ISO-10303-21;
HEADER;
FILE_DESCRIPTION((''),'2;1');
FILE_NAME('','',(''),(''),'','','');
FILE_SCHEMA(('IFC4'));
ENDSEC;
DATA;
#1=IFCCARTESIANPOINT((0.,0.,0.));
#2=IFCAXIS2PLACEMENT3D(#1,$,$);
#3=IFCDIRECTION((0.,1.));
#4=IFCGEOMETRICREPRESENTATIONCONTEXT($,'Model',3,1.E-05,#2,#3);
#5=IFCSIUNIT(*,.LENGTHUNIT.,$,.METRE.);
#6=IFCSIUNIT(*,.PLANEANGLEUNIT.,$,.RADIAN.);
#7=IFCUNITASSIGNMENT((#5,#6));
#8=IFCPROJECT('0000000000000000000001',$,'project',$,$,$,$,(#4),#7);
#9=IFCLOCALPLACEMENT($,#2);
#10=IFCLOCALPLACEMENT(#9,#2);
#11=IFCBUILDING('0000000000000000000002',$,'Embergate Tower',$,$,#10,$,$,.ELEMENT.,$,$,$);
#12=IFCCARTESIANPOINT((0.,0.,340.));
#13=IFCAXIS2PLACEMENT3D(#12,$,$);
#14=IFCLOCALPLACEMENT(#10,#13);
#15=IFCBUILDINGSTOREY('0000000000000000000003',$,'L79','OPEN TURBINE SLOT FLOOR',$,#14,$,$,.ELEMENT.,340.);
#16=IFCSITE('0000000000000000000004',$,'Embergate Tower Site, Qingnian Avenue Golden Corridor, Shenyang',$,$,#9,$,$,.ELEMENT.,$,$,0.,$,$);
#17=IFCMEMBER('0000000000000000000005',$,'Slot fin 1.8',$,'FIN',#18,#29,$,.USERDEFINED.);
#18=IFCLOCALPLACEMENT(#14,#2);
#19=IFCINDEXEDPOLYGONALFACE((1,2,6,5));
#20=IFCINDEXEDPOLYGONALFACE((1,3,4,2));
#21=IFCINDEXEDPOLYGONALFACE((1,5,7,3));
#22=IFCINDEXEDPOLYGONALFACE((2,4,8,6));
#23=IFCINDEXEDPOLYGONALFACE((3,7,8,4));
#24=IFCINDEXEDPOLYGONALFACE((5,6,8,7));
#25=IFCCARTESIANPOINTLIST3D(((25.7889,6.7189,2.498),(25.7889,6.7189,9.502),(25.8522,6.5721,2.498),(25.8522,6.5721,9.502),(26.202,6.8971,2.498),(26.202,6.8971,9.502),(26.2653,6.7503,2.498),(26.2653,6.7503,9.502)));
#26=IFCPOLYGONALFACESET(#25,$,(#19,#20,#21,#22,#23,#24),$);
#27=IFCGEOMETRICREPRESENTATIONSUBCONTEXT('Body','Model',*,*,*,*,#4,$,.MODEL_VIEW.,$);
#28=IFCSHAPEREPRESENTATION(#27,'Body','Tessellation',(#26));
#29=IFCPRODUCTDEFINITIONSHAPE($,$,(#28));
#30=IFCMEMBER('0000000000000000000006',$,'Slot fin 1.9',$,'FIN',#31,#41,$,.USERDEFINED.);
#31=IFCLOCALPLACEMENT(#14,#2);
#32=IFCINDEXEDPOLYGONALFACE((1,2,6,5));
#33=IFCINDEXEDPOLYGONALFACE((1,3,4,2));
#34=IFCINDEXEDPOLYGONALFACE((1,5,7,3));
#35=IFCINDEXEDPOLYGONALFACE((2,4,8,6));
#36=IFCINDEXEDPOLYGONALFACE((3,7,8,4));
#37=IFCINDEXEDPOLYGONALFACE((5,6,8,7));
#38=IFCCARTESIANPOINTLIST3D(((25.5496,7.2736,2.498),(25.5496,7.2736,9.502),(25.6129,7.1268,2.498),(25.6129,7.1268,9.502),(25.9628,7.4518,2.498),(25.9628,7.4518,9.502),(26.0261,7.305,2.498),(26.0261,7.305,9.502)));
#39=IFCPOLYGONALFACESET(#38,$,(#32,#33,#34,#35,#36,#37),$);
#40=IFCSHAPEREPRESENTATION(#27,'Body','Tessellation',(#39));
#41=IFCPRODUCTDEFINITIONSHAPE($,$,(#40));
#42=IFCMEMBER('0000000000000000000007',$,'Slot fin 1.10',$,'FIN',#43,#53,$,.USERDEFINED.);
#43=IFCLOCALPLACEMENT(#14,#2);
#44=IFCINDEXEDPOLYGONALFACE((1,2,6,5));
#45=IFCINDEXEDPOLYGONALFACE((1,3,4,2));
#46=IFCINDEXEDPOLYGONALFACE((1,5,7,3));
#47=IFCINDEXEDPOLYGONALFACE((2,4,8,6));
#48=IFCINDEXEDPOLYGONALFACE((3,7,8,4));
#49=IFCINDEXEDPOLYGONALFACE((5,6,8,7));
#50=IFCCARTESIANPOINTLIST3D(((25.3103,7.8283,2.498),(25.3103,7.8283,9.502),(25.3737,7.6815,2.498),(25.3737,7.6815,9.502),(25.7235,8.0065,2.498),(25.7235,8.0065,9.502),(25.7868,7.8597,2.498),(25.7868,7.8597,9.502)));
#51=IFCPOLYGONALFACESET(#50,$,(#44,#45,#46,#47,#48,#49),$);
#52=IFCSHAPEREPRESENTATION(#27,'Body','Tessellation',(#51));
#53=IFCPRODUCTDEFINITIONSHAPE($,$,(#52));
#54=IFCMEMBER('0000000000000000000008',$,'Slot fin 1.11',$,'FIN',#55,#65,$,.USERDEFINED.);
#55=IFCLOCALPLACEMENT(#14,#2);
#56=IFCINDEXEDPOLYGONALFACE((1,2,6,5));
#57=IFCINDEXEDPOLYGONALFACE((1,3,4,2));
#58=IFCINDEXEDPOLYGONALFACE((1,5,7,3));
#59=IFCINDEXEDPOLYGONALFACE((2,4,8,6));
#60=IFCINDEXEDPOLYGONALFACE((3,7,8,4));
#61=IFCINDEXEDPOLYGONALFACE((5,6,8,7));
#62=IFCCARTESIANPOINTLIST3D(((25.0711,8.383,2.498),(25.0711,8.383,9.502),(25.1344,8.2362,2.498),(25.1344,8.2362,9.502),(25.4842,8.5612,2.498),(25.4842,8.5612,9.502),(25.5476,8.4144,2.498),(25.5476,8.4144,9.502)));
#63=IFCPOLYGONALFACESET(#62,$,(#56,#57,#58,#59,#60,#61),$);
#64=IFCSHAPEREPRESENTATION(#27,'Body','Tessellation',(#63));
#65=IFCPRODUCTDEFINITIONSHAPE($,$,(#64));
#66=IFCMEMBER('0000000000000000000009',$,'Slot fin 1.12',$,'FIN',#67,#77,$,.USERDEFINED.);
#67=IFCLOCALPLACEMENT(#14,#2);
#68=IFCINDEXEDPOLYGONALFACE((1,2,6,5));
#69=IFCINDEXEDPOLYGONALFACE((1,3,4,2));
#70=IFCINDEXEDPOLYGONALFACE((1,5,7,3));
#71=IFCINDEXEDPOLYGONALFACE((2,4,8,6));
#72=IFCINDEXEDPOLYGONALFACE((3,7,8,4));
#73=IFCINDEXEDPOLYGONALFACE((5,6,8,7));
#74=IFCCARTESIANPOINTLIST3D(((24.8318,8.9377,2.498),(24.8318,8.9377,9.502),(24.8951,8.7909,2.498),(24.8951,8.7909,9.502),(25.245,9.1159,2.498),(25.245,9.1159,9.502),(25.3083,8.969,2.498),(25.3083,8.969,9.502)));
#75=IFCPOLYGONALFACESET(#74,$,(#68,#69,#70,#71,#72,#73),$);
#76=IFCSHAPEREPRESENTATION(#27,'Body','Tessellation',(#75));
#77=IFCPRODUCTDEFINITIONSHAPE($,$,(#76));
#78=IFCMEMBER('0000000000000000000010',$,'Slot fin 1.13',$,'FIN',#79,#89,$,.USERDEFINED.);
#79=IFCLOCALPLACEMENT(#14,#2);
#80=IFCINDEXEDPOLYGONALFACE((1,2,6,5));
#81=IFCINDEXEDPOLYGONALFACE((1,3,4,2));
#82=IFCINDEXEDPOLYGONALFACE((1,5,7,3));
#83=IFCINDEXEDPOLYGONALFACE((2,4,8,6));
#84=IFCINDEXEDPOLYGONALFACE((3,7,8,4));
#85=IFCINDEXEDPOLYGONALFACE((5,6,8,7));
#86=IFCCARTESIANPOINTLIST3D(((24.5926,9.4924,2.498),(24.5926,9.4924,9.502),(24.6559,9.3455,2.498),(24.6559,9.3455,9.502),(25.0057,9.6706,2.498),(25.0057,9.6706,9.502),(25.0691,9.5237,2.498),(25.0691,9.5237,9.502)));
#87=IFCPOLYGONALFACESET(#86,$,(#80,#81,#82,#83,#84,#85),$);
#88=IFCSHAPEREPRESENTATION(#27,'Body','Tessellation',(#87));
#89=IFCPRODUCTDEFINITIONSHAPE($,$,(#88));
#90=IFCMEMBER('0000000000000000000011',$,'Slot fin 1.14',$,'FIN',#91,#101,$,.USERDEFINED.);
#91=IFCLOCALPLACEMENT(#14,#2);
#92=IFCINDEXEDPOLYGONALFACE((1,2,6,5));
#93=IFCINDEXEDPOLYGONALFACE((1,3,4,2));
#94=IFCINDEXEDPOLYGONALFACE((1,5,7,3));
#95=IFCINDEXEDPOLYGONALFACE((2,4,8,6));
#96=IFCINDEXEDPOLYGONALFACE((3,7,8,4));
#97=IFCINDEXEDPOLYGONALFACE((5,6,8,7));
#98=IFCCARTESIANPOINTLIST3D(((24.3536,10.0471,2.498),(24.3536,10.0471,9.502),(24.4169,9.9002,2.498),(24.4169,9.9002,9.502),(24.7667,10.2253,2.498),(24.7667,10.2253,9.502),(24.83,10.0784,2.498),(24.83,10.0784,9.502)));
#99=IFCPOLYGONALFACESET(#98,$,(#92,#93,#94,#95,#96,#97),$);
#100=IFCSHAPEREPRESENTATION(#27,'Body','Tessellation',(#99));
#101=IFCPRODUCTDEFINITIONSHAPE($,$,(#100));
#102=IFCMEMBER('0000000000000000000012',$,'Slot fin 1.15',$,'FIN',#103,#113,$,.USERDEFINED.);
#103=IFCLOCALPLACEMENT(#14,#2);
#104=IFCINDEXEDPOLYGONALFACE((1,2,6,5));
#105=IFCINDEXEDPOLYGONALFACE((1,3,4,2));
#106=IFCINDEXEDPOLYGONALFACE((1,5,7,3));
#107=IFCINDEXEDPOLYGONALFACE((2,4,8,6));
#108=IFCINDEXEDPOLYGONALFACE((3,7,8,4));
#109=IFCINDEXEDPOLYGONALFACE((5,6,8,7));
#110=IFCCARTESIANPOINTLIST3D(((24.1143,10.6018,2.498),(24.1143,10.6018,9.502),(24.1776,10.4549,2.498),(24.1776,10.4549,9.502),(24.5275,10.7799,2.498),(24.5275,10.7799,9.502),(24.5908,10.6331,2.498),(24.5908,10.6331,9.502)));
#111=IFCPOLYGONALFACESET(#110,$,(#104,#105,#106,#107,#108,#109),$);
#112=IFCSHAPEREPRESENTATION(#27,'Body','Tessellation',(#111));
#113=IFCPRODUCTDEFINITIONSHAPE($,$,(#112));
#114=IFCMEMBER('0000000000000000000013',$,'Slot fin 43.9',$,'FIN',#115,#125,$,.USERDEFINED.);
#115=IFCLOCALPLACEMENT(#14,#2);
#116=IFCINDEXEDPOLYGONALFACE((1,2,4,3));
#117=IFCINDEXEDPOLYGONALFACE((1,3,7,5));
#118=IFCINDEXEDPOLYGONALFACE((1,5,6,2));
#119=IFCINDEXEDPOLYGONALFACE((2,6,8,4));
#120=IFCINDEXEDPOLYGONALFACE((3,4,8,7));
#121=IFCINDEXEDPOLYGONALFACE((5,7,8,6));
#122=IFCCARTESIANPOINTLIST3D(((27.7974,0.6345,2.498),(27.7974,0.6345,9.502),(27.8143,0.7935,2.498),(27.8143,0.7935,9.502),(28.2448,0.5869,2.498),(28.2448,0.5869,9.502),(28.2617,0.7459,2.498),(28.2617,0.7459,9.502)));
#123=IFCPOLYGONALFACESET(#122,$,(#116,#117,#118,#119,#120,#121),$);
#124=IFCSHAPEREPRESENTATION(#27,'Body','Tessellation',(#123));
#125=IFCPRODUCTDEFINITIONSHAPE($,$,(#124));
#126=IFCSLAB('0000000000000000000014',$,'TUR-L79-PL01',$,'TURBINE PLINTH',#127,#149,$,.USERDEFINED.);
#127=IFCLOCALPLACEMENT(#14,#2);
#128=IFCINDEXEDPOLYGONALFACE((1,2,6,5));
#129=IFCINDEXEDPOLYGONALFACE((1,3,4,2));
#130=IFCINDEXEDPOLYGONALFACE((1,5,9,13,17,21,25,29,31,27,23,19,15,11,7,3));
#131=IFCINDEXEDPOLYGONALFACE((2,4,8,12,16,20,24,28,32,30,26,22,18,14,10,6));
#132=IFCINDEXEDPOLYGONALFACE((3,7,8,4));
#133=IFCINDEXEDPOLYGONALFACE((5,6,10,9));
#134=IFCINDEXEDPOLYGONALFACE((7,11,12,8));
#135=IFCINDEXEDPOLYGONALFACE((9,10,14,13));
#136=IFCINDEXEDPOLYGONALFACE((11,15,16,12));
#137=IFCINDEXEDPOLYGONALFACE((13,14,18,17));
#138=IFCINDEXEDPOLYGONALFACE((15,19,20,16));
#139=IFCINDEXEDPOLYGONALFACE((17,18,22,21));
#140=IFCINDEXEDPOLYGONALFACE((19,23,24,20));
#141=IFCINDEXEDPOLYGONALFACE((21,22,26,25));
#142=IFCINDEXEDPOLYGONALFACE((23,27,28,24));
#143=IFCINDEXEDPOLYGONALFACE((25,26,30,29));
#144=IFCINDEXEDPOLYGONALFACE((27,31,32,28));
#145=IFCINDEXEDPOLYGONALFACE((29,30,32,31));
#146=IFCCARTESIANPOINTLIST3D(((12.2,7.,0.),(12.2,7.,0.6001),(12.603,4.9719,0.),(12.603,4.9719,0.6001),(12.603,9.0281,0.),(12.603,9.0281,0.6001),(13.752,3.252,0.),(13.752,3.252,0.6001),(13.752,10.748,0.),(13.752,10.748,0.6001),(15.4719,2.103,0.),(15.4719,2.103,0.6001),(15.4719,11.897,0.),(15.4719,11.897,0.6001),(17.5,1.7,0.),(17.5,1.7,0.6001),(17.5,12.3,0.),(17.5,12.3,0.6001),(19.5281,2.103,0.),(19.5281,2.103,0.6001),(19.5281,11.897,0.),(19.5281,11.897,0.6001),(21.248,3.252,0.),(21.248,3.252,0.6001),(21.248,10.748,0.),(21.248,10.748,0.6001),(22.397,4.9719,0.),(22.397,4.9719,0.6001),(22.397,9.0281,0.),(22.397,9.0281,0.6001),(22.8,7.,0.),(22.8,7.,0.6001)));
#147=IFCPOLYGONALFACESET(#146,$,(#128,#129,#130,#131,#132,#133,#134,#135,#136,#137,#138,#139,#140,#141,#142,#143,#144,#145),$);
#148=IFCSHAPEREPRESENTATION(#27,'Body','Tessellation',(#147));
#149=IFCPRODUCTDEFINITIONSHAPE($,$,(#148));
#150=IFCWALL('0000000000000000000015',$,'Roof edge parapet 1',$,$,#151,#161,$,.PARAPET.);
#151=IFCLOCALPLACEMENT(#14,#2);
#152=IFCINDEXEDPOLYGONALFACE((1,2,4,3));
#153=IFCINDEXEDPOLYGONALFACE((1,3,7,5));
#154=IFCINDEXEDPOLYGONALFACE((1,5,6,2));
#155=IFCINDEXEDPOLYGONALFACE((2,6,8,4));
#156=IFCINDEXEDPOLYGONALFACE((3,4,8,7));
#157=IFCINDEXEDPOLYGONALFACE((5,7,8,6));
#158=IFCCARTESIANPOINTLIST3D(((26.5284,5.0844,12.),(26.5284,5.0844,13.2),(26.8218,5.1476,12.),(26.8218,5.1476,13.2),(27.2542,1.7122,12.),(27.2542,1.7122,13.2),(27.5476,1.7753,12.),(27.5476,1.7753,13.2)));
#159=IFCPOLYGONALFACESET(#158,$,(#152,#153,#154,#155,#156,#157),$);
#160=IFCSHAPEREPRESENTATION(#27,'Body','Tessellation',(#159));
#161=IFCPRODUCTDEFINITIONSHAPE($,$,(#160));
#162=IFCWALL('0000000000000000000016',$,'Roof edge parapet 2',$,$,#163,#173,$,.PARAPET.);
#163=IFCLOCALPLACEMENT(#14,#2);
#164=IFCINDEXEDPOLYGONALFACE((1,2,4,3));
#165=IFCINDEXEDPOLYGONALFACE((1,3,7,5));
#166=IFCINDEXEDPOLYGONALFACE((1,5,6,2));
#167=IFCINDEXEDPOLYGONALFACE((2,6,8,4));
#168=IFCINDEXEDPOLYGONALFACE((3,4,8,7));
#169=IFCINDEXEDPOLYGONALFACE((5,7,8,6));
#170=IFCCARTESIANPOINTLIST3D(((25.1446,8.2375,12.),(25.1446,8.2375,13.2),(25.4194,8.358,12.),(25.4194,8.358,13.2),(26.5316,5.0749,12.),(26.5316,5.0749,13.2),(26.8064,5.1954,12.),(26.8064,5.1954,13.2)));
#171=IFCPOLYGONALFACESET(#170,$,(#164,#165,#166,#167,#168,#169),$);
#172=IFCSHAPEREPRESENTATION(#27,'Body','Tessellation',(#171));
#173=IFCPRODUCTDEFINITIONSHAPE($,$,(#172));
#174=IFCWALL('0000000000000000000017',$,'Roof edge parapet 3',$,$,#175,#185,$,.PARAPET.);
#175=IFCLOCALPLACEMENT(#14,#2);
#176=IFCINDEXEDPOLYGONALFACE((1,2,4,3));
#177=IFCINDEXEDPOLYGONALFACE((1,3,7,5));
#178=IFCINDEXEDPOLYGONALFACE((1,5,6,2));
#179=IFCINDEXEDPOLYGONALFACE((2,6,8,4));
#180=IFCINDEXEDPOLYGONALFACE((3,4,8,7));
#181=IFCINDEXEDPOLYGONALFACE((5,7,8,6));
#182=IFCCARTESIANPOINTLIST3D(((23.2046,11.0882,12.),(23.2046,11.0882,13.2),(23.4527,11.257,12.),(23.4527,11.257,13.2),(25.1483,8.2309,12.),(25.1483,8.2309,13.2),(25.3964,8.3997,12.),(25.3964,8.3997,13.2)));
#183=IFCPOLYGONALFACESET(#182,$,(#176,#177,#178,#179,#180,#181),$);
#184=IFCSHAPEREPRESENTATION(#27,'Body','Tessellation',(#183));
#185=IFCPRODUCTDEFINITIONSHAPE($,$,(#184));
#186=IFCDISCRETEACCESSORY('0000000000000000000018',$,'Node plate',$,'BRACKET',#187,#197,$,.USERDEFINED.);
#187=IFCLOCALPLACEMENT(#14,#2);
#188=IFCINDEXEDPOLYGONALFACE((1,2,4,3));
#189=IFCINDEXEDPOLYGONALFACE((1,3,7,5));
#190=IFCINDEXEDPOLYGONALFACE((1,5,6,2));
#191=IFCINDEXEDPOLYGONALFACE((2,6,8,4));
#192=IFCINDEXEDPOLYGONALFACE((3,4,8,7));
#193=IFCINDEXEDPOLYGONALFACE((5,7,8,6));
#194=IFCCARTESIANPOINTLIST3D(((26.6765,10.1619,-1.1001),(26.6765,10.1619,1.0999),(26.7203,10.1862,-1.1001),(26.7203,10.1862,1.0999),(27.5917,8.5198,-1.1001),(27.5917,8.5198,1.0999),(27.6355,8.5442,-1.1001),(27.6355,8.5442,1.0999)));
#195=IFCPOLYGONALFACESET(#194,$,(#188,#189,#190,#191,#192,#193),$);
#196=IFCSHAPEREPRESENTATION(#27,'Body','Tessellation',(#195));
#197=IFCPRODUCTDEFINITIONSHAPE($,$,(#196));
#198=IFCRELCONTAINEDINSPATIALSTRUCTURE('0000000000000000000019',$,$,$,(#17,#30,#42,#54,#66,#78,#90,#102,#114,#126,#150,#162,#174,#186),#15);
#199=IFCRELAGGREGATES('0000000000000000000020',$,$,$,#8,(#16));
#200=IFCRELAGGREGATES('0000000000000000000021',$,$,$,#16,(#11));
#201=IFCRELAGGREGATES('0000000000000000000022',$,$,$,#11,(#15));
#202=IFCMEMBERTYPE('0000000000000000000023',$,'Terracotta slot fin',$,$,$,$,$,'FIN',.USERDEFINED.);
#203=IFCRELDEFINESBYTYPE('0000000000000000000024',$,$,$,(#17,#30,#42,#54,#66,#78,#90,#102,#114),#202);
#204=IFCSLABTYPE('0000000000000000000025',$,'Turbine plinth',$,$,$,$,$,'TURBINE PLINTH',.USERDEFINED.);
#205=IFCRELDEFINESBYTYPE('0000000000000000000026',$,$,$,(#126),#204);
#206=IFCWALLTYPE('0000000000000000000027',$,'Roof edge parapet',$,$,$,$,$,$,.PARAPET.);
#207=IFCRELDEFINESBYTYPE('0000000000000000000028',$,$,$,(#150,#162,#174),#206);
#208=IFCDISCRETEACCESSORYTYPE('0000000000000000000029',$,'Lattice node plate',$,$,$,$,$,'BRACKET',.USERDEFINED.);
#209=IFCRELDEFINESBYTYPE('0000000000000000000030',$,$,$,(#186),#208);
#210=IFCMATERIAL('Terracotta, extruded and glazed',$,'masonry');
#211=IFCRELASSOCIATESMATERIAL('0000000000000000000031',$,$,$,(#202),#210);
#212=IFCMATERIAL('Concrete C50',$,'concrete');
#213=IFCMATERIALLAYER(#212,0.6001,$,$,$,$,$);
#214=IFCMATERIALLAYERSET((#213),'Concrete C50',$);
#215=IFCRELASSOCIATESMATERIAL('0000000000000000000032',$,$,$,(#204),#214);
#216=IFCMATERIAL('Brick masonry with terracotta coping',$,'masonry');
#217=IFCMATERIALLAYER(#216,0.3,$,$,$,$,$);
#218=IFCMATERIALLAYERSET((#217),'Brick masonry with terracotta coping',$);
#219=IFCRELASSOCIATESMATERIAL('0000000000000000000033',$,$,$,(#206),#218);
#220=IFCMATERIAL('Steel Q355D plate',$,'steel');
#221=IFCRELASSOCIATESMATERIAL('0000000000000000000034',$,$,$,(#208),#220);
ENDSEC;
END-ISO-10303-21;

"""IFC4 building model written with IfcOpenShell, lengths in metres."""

from ifc_helpers import new_model, si_unit, direction, frame, frame_2d, origin, origin_2d, place, context, subcontext, project, spatial, polyline, rectangle, outline, extrude, source, transform, mapped, material, layer, layer_set, material_profile, profile_set, type_object, element, save


model = new_model("IFC4")

# Units and contexts
model_context = context("Model", 3, precision=1e-05, world=origin(), true_north=direction((0.0, 1.0)))
body_context = subcontext(model_context, "Body", "Model", "MODEL_VIEW")
ifc_project = project(units=[si_unit("LENGTHUNIT", "METRE"), si_unit("PLANEANGLEUNIT", "RADIAN")], contexts=[model_context])

# Site, building, storey
site_placement = place(None, origin())
site = spatial("IfcSite", under=ifc_project, at=site_placement, Name="Embergate Tower Site, Qingnian Avenue Golden Corridor, Shenyang", CompositionType="ELEMENT", RefElevation=0.0)
building_placement = place(site_placement, origin())
building = spatial("IfcBuilding", under=site, at=building_placement, Name="Embergate Tower", CompositionType="ELEMENT")
storey_placement = place(building_placement, frame((0.0, 0.0, 340.0)))
storey = spatial("IfcBuildingStorey", under=building, at=storey_placement, Name="L79", Description="OPEN TURBINE SLOT FLOOR", CompositionType="ELEMENT", Elevation=340.0)

# Shared definitions
ifc_material_1 = material(Name="Concrete C50", Category="concrete")

# Members
ifc_material_2 = material(Name="Terracotta, extruded and glazed", Category="masonry")
ifc_material_profile_1 = material_profile(ifc_material_2, rectangle(XDim=0.45, YDim=0.1599, at=origin_2d()), Name="TC 450x160")
ifc_profile_set_1 = profile_set([ifc_material_profile_1], Name="Terracotta, extruded and glazed")
member_type_1 = type_object("IfcMemberType", Name="Terracotta slot fin", ElementType="FIN", PredefinedType="USERDEFINED", material=ifc_profile_set_1)
shared_shape_1 = source(origin(), body_context, "Body", "SweptSolid", [
    extrude(rectangle(XDim=0.45, YDim=0.1599, at=origin_2d()), origin(), (0.0, 0.0, 1.0), 7.0039),
])
for number, where, z_axis, x_axis, name in (
    (1, (26.0271, 6.7346, 2.498), (0.0, 0.0, 1.0), (-0.91825, -0.396002, 0.0), "Slot fin 1.8"),
    (2, (25.7878, 7.2893, 2.498), (0.0, 0.0, 1.0), (-0.91825, -0.396002, 0.0), "Slot fin 1.9"),
    (3, (25.5486, 7.844, 2.498), (0.0, 0.0, 1.0), (-0.91825, -0.396002, 0.0), "Slot fin 1.10"),
    (4, (25.3093, 8.3987, 2.498), (0.0, 0.0, 1.0), (-0.91825, -0.396002, 0.0), "Slot fin 1.11"),
    (5, (25.0701, 8.9534, 2.498), (0.0, 0.0, 1.0), (-0.91825, -0.396002, 0.0), "Slot fin 1.12"),
    (6, (24.8308, 9.5081, 2.498), (0.0, 0.0, 1.0), (-0.91825, -0.396002, 0.0), "Slot fin 1.13"),
    (7, (24.5918, 10.0627, 2.498), (0.0, 0.0, 1.0), (-0.91825, -0.396002, 0.0), "Slot fin 1.14"),
    (8, (24.3525, 10.6174, 2.498), (0.0, 0.0, 1.0), (-0.91825, -0.396002, 0.0), "Slot fin 1.15"),
    (9, (28.0295, 0.6902, 2.498), (0.0, 0.0, 1.0), (-0.99439, 0.105775, 0.0), "Slot fin 43.9"),
):
    element("IfcMember", number, at=place(storey_placement, frame(where, z_axis=z_axis, x_axis=x_axis)), inside=storey, type_object=member_type_1, Name=name, ObjectType="FIN", PredefinedType="USERDEFINED", context=body_context, shape_type="MappedRepresentation", body=[
        mapped(shared_shape_1, transform((0.0, 0.0, 0.0))),
    ])

# Slab
ifc_layer_1 = layer(ifc_material_1, 0.6001)
ifc_layer_set_1 = layer_set([ifc_layer_1], Name="Concrete C50")
slab_type = type_object("IfcSlabType", Name="Turbine plinth", ElementType="TURBINE PLINTH", PredefinedType="USERDEFINED", material=ifc_layer_set_1)
shared_shape_2 = source(origin(), body_context, "Body", "SweptSolid", [
    extrude(outline(polyline([(0.0, 0.0), (2.0281, 0.4031), (3.748, 1.552), (4.897, 3.272), (5.3, 5.3), (4.897, 7.3281), (3.748, 9.0481), (2.0281, 10.197), (0.0, 10.6001), (-2.0281, 10.197), (-3.748, 9.0481), (-4.897, 7.3281), (-5.3, 5.3), (-4.897, 3.272), (-3.748, 1.552), (-2.0281, 0.4031), (0.0, 0.0)])), origin(), (0.0, 0.0, 1.0), 0.6001),
])
slab_placement = place(storey_placement, frame((17.5, 1.7, 0.0)))
element("IfcSlab", 10, at=slab_placement, inside=storey, type_object=slab_type, Name="TUR-L79-PL01", ObjectType="TURBINE PLINTH", PredefinedType="USERDEFINED", context=body_context, shape_type="MappedRepresentation", body=[
    mapped(shared_shape_2, transform((0.0, 0.0, 0.0))),
])

# Walls
ifc_material_3 = material(Name="Brick masonry with terracotta coping", Category="masonry")
ifc_layer_2 = layer(ifc_material_3, 0.3)
ifc_layer_set_2 = layer_set([ifc_layer_2], Name="Brick masonry with terracotta coping")
wall_type = type_object("IfcWallType", Name="Roof edge parapet", PredefinedType="PARAPET", material=ifc_layer_set_2)
shared_shape_3 = source(origin(), body_context, "Body", "SweptSolid", [
    extrude(rectangle(XDim=3.4495, YDim=0.3, at=frame_2d((1.7246, 0.0))), origin(), (0.0, 0.0, 1.0), 1.2),
])
wall_1_placement = place(storey_placement, frame((27.4009, 1.7439, 12.0), z_axis=(0.0, 0.0, 1.0), x_axis=(-0.210414, 0.977612, 0.0)))
element("IfcWall", 11, at=wall_1_placement, inside=storey, type_object=wall_type, Name="Roof edge parapet 1", PredefinedType="PARAPET", context=body_context, shape_type="MappedRepresentation", body=[
    mapped(shared_shape_3, transform((0.0, 0.0, 0.0))),
])
shared_shape_4 = source(origin(), body_context, "Body", "SweptSolid", [
    extrude(rectangle(XDim=3.4534, YDim=0.3, at=frame_2d((1.7266, 0.0))), origin(), (0.0, 0.0, 1.0), 1.2),
])
wall_2_placement = place(storey_placement, frame((26.6689, 5.1353, 12.0), z_axis=(0.0, 0.0, 1.0), x_axis=(-0.401627, 0.915803, 0.0)))
element("IfcWall", 12, at=wall_2_placement, inside=storey, type_object=wall_type, Name="Roof edge parapet 2", PredefinedType="PARAPET", context=body_context, shape_type="MappedRepresentation", body=[
    mapped(shared_shape_4, transform((0.0, 0.0, 0.0))),
])
shared_shape_5 = source(origin(), body_context, "Body", "SweptSolid", [
    extrude(rectangle(XDim=3.4558, YDim=0.3, at=frame_2d((1.728, 0.0))), origin(), (0.0, 0.0, 1.0), 1.2),
])
wall_3_placement = place(storey_placement, frame((25.2725, 8.3152, 12.0), z_axis=(0.0, 0.0, 1.0), x_axis=(-0.562468, 0.826819, 0.0)))
element("IfcWall", 13, at=wall_3_placement, inside=storey, type_object=wall_type, Name="Roof edge parapet 3", PredefinedType="PARAPET", context=body_context, shape_type="MappedRepresentation", body=[
    mapped(shared_shape_5, transform((0.0, 0.0, 0.0))),
])

# Discrete accessory
ifc_material_4 = material(Name="Steel Q355D plate", Category="steel")
discrete_accessory_type_1 = type_object("IfcDiscreteAccessoryType", Name="Lattice node plate", ElementType="BRACKET", PredefinedType="USERDEFINED", material=ifc_material_4)
shared_shape_6 = source(origin(), body_context, "Body", "SweptSolid", [
    extrude(rectangle(XDim=1.8799, YDim=0.05, at=origin_2d()), origin(), (0.0, 0.0, 1.0), 2.2),
])
discrete_accessory_1_placement = place(storey_placement, frame((27.156, 9.353, -1.1001), z_axis=(0.0, 0.0, 1.0), x_axis=(-0.486839, 0.873492, 0.0)))
element("IfcDiscreteAccessory", 14, at=discrete_accessory_1_placement, inside=storey, type_object=discrete_accessory_type_1, Name="Node plate", ObjectType="BRACKET", PredefinedType="USERDEFINED", context=body_context, shape_type="MappedRepresentation", body=[
    mapped(shared_shape_6, transform((0.0, 0.0, 0.0))),
])

save(model, "model.ifc")
